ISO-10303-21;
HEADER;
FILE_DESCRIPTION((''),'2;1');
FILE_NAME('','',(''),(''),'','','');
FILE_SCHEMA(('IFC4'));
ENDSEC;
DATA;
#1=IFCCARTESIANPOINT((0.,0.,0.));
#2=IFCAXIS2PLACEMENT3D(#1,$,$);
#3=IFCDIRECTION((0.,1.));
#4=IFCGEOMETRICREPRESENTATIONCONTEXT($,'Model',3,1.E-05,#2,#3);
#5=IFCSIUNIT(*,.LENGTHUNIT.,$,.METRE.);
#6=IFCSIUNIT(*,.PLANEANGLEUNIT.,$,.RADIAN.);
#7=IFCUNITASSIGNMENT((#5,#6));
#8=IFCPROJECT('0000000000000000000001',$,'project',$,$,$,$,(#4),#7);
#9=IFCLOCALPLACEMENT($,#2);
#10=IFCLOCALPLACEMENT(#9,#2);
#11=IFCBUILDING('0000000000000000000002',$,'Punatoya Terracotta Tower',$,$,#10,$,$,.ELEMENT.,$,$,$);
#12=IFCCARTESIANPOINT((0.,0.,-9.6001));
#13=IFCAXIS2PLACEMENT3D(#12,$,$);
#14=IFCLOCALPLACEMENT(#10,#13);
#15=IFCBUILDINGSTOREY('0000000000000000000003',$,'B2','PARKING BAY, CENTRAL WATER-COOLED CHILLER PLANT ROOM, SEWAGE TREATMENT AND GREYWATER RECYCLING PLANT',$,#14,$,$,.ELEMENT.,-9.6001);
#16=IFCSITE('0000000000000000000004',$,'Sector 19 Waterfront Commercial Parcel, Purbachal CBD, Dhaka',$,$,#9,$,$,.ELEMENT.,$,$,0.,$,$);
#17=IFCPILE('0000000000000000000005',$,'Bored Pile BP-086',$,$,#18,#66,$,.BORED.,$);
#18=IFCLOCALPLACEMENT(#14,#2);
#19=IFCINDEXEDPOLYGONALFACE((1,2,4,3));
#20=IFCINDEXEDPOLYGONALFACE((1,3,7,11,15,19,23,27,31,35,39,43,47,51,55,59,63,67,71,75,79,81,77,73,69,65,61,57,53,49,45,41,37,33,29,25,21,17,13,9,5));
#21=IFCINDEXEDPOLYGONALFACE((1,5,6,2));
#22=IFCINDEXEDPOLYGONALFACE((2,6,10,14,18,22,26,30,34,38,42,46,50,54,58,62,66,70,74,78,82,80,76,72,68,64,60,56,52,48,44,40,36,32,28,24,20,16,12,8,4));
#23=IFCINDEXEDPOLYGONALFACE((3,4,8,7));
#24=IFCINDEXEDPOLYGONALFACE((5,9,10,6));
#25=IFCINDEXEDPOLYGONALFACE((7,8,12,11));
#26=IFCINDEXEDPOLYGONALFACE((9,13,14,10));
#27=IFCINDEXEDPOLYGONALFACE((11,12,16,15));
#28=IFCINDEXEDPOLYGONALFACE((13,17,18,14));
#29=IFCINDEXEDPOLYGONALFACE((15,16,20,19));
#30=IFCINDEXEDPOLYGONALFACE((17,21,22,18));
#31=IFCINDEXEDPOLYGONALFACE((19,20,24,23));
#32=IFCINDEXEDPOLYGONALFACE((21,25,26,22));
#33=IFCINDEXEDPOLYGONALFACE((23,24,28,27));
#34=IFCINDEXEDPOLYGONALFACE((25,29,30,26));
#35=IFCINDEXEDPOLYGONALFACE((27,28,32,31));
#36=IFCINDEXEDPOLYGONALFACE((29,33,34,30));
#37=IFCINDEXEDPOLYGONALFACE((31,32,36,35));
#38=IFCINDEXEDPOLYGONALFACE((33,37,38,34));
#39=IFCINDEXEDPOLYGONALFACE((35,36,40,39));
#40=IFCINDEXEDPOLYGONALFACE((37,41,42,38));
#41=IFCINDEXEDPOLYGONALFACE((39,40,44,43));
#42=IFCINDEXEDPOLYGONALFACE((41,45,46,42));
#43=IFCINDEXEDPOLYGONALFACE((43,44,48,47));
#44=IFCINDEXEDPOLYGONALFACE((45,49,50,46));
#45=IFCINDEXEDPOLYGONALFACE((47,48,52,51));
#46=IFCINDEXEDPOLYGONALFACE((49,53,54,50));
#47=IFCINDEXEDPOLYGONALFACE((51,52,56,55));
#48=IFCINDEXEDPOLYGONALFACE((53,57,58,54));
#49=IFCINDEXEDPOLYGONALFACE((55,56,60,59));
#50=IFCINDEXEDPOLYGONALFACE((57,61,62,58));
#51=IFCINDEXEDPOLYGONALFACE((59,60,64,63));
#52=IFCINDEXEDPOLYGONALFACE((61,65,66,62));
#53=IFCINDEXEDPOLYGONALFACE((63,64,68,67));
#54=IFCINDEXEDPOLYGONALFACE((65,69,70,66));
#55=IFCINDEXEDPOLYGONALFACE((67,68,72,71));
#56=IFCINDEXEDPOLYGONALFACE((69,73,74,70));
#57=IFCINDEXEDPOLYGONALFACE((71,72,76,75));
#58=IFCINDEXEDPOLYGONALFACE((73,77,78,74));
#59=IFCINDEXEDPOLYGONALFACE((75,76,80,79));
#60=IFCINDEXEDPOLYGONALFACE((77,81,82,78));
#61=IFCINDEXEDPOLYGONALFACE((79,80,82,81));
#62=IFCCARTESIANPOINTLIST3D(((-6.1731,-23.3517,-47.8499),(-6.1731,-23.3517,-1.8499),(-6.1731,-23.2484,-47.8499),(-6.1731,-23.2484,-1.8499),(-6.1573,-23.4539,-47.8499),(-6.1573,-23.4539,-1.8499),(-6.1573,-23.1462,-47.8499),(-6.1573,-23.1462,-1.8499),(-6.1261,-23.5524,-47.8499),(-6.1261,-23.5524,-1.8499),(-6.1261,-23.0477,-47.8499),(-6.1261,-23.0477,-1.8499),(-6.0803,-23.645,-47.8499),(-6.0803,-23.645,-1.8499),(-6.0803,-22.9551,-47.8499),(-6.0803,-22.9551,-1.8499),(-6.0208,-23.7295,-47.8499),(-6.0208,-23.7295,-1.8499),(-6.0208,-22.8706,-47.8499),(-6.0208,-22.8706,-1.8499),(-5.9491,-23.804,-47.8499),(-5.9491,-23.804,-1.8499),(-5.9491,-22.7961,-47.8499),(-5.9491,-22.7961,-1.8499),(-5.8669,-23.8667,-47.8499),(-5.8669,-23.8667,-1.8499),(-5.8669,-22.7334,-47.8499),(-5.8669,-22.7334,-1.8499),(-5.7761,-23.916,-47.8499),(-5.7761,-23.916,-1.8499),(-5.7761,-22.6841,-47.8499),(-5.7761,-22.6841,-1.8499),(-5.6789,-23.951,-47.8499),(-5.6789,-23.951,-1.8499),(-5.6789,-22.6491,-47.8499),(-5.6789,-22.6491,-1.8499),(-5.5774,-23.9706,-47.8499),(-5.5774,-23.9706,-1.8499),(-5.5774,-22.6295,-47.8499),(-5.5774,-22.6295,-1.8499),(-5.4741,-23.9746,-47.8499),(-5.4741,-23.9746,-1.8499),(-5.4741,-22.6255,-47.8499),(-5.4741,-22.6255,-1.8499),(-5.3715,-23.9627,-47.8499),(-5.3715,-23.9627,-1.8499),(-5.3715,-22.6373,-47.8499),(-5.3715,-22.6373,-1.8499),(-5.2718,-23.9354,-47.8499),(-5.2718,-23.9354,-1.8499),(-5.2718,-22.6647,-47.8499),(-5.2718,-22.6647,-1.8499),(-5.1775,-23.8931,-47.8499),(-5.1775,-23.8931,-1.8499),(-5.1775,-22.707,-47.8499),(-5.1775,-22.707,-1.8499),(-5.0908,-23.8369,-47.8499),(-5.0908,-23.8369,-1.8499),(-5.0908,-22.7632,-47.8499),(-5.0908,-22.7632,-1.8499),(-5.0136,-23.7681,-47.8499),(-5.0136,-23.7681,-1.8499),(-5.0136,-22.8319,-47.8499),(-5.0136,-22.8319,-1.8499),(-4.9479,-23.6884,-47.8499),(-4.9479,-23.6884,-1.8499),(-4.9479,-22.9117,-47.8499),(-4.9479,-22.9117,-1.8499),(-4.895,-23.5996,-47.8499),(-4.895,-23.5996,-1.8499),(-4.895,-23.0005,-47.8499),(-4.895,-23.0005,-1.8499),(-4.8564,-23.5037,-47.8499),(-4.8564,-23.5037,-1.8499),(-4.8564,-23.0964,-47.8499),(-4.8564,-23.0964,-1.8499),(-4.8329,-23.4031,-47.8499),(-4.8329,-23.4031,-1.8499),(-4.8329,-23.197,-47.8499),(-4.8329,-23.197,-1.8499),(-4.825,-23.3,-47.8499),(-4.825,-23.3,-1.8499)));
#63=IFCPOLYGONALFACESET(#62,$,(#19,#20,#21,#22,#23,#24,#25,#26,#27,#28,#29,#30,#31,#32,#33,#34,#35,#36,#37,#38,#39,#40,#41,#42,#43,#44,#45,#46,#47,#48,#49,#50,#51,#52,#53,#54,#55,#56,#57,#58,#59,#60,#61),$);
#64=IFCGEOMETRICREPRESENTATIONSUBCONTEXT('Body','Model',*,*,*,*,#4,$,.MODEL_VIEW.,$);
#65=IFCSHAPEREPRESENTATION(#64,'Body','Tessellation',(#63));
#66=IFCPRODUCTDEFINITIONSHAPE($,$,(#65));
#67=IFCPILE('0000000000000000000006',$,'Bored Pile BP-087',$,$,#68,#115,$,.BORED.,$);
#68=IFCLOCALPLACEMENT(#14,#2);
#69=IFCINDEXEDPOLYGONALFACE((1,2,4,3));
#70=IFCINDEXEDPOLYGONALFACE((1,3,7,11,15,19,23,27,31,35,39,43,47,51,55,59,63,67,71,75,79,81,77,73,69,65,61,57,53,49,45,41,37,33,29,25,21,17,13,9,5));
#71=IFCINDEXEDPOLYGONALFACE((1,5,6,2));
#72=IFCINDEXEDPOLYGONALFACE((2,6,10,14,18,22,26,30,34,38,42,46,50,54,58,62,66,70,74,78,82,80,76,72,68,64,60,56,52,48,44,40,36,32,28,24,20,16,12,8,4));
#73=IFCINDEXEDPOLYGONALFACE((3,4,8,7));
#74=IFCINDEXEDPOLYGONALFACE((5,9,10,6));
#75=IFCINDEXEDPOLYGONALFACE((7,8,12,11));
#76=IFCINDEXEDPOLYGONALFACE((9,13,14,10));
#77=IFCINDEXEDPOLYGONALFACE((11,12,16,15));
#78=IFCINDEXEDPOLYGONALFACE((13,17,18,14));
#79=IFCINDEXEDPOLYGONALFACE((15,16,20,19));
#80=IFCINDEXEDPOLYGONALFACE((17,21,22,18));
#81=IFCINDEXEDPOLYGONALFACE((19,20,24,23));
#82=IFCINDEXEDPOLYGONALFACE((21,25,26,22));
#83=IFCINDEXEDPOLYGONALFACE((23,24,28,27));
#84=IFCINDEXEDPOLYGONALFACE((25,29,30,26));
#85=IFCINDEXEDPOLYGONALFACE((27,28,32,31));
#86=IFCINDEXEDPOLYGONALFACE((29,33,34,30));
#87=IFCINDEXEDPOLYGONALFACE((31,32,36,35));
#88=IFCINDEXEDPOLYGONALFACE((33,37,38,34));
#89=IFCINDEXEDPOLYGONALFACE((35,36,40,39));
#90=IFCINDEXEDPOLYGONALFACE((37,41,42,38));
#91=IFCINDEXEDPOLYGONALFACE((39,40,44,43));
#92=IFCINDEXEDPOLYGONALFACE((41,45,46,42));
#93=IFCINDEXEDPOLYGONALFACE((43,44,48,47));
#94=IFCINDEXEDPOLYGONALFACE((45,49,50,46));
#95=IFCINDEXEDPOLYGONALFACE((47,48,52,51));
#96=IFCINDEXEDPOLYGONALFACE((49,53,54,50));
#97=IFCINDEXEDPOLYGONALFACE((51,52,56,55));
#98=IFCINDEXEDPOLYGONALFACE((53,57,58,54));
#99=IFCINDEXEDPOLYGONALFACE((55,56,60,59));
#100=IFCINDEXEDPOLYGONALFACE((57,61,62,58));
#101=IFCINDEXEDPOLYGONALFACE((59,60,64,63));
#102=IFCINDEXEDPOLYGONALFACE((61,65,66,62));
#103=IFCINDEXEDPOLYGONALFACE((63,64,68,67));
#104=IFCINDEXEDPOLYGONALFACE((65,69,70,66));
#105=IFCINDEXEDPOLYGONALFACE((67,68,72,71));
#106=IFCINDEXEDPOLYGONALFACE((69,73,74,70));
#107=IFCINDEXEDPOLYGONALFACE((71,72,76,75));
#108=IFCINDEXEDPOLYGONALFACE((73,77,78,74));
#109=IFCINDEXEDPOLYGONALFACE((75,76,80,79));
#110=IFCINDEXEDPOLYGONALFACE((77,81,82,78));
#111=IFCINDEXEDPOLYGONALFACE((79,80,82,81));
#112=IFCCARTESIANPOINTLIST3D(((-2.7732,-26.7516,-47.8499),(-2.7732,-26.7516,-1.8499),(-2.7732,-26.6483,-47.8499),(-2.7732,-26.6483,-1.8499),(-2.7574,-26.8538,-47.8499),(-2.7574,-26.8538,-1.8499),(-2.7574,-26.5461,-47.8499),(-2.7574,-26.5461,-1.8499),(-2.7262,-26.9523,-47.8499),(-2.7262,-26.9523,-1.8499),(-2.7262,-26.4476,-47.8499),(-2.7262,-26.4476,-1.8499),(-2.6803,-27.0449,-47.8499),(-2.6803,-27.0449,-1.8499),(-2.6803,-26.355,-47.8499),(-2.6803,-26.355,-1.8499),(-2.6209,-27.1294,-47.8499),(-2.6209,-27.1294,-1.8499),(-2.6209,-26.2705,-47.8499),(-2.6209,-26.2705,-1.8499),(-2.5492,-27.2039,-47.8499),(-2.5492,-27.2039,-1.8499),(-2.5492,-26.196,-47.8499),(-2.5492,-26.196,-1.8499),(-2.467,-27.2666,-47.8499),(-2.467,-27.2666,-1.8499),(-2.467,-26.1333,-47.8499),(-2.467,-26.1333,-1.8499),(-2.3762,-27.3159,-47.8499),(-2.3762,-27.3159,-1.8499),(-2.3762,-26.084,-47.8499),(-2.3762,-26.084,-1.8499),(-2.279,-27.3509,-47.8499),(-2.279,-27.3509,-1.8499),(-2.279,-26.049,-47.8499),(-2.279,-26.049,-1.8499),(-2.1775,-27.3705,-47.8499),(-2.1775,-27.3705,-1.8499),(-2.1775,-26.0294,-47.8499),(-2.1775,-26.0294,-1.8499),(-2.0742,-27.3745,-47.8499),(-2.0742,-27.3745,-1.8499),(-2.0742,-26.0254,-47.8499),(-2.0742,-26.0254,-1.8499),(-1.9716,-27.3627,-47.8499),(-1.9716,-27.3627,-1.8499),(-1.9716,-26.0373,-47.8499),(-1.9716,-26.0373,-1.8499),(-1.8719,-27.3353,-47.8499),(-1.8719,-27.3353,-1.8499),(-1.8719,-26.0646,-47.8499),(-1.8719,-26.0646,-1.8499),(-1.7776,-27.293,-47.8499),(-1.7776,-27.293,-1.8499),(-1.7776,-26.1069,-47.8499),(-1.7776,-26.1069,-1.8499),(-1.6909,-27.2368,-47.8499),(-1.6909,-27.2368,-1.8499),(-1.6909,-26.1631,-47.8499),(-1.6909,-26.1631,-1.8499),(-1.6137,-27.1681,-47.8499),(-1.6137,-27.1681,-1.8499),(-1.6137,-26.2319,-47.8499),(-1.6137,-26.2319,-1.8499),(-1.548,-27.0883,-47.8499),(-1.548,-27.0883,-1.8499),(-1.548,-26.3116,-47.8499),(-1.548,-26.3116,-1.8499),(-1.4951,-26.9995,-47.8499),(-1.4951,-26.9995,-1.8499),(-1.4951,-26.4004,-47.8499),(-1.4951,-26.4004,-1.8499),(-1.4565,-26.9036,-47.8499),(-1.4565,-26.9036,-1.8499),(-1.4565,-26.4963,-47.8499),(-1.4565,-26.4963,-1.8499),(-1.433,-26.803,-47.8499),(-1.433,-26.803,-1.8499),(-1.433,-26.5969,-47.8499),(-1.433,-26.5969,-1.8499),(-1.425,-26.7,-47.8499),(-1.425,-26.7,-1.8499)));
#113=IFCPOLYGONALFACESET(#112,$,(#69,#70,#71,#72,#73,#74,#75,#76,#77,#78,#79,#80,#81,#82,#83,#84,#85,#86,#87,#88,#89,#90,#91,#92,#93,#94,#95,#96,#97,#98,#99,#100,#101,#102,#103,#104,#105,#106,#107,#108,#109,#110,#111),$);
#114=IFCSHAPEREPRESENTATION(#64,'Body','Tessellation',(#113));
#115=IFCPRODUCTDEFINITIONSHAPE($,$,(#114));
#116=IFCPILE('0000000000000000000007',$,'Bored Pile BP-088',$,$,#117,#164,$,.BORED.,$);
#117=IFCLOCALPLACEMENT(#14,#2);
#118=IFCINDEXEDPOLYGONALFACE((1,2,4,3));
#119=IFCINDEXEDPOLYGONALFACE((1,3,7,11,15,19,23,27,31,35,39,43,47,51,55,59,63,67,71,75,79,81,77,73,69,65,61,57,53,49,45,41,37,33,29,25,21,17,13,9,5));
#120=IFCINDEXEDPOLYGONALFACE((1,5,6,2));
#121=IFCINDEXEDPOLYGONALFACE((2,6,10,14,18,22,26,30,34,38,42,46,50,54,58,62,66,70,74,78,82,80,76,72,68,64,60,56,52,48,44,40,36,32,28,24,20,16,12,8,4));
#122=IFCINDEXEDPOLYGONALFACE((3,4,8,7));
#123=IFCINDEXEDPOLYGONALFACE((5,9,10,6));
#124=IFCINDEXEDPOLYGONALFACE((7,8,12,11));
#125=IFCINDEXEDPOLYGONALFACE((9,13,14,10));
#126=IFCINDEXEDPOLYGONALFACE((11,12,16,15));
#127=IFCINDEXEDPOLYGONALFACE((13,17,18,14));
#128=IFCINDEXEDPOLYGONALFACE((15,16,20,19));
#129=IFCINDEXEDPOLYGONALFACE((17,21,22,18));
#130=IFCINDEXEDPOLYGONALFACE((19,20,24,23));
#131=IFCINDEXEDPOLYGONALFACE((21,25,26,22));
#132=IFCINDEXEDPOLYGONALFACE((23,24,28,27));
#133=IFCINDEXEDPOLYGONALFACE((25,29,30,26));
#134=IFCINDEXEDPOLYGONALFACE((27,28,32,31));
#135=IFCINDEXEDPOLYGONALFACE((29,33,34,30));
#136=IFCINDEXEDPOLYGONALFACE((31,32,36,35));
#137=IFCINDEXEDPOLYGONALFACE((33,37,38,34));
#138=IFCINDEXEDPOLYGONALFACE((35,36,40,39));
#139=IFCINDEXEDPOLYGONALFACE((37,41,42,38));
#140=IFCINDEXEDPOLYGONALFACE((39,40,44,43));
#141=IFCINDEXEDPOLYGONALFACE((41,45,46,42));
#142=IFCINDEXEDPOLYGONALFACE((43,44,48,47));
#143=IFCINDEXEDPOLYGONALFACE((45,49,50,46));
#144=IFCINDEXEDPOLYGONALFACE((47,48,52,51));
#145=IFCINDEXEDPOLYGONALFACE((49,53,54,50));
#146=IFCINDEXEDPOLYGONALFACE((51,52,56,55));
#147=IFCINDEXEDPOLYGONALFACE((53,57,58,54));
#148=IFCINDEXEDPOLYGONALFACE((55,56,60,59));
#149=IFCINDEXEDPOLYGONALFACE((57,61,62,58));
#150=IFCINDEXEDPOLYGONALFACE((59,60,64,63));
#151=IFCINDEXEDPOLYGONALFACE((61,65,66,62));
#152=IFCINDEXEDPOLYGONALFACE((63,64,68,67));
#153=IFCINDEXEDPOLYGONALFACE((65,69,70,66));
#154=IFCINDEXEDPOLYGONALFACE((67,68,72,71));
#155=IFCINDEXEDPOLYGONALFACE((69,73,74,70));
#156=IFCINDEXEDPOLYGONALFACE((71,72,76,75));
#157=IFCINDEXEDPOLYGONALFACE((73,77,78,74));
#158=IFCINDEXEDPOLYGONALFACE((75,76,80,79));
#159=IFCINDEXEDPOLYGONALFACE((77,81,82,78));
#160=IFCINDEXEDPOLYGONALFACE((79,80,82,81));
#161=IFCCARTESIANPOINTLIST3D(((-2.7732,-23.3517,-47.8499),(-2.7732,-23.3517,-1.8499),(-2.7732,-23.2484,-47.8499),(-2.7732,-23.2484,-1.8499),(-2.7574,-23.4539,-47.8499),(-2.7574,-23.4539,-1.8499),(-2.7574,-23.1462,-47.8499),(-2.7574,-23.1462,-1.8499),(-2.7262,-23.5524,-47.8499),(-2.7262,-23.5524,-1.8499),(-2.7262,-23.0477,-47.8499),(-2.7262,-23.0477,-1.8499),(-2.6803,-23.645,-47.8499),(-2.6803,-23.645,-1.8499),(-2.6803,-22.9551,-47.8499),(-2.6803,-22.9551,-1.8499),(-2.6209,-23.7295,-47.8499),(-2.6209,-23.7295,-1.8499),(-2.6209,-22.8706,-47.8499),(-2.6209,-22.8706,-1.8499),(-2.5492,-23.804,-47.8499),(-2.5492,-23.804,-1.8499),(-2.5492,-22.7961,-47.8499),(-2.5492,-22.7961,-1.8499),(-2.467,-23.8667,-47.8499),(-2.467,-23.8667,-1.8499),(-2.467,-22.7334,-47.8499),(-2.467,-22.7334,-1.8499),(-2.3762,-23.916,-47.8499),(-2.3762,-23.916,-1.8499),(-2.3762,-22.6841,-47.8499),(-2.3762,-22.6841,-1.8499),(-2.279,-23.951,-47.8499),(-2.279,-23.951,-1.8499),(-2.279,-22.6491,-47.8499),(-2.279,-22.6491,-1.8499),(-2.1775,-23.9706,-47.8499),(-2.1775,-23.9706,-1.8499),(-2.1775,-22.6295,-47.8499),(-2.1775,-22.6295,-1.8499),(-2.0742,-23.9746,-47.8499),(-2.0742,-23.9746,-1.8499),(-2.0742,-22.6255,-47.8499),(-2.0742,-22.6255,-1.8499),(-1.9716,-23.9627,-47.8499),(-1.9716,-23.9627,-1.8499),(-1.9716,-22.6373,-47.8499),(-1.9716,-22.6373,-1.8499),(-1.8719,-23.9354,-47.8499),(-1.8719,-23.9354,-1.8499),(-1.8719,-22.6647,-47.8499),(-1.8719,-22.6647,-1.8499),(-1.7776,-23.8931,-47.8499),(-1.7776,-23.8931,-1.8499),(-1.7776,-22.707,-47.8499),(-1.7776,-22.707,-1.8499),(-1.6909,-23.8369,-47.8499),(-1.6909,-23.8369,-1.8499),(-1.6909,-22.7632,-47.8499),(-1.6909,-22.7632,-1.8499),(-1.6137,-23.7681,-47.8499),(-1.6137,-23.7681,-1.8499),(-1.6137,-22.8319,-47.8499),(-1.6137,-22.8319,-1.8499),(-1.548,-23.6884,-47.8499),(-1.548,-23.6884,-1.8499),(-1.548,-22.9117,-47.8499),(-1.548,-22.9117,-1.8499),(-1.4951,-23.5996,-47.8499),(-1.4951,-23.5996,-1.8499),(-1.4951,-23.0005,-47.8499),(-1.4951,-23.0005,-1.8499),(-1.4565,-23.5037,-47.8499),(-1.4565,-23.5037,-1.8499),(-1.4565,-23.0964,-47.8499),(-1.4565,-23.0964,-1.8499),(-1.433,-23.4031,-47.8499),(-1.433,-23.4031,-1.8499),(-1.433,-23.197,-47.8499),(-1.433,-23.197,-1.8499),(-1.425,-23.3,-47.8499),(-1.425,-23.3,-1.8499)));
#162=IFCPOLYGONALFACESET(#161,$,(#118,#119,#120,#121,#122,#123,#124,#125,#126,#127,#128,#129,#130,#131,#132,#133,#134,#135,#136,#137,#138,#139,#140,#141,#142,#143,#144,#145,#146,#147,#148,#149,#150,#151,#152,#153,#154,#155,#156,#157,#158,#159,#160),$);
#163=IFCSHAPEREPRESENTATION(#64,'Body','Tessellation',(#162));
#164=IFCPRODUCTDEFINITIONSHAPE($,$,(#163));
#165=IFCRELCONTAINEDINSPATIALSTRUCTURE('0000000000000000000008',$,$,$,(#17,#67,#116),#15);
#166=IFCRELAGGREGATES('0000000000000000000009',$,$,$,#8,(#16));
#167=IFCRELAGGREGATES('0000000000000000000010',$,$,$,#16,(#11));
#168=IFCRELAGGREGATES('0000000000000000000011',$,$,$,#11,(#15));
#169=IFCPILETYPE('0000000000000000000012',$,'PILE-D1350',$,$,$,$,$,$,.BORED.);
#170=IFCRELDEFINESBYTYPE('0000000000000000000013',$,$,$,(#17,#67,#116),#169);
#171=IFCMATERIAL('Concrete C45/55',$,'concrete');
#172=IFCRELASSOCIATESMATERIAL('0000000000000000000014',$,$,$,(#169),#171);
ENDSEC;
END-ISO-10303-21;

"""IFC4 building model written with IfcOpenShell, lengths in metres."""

from ifc_helpers import new_model, si_unit, direction, frame, origin, origin_2d, place, context, subcontext, project, spatial, circle, extrude, material, material_profile, profile_set, type_object, element, save


model = new_model("IFC4")

# Units and contexts
model_context = context("Model", 3, precision=1e-05, world=origin(), true_north=direction((0.0, 1.0)))
body_context = subcontext(model_context, "Body", "Model", "MODEL_VIEW")
ifc_project = project(units=[si_unit("LENGTHUNIT", "METRE"), si_unit("PLANEANGLEUNIT", "RADIAN")], contexts=[model_context])

# Site, building, storey
site_placement = place(None, origin())
site = spatial("IfcSite", under=ifc_project, at=site_placement, Name="Sector 19 Waterfront Commercial Parcel, Purbachal CBD, Dhaka", CompositionType="ELEMENT", RefElevation=0.0)
building_placement = place(site_placement, origin())
building = spatial("IfcBuilding", under=site, at=building_placement, Name="Punatoya Terracotta Tower", CompositionType="ELEMENT")
storey_placement = place(building_placement, frame((0.0, 0.0, -9.6001)))
storey = spatial("IfcBuildingStorey", under=building, at=storey_placement, Name="B2", Description="PARKING BAY, CENTRAL WATER-COOLED CHILLER PLANT ROOM, SEWAGE TREATMENT AND GREYWATER RECYCLING PLANT", CompositionType="ELEMENT", Elevation=-9.6001)

# Shared definitions
ifc_material_1 = material(Name="Concrete C45/55", Category="concrete")

# Piles
ifc_material_profile_1 = material_profile(ifc_material_1, circle(Radius=0.675, at=origin_2d()))
ifc_profile_set_1 = profile_set([ifc_material_profile_1], Name="Concrete C45/55")
pile_type_1 = type_object("IfcPileType", Name="PILE-D1350", PredefinedType="BORED", material=ifc_profile_set_1)
for number, where, z_axis, x_axis, name in (
    (1, (-5.5, -23.3, -1.8499), (0.0, 0.0, -1.0), (1.0, 0.0, 0.0), "Bored Pile BP-086"),
    (2, (-2.1001, -26.7, -1.8499), (0.0, 0.0, -1.0), (1.0, 0.0, 0.0), "Bored Pile BP-087"),
    (3, (-2.1001, -23.3, -1.8499), (0.0, 0.0, -1.0), (1.0, 0.0, 0.0), "Bored Pile BP-088"),
):
    element("IfcPile", number, at=place(storey_placement, frame(where, z_axis=z_axis, x_axis=x_axis)), inside=storey, type_object=pile_type_1, Name=name, PredefinedType="BORED", context=body_context, shape_type="SweptSolid", body=[
        extrude(circle(Radius=0.675, at=origin_2d()), origin(), (0.0, 0.0, 1.0), 46.0),
    ])

save(model, "model.ifc")
